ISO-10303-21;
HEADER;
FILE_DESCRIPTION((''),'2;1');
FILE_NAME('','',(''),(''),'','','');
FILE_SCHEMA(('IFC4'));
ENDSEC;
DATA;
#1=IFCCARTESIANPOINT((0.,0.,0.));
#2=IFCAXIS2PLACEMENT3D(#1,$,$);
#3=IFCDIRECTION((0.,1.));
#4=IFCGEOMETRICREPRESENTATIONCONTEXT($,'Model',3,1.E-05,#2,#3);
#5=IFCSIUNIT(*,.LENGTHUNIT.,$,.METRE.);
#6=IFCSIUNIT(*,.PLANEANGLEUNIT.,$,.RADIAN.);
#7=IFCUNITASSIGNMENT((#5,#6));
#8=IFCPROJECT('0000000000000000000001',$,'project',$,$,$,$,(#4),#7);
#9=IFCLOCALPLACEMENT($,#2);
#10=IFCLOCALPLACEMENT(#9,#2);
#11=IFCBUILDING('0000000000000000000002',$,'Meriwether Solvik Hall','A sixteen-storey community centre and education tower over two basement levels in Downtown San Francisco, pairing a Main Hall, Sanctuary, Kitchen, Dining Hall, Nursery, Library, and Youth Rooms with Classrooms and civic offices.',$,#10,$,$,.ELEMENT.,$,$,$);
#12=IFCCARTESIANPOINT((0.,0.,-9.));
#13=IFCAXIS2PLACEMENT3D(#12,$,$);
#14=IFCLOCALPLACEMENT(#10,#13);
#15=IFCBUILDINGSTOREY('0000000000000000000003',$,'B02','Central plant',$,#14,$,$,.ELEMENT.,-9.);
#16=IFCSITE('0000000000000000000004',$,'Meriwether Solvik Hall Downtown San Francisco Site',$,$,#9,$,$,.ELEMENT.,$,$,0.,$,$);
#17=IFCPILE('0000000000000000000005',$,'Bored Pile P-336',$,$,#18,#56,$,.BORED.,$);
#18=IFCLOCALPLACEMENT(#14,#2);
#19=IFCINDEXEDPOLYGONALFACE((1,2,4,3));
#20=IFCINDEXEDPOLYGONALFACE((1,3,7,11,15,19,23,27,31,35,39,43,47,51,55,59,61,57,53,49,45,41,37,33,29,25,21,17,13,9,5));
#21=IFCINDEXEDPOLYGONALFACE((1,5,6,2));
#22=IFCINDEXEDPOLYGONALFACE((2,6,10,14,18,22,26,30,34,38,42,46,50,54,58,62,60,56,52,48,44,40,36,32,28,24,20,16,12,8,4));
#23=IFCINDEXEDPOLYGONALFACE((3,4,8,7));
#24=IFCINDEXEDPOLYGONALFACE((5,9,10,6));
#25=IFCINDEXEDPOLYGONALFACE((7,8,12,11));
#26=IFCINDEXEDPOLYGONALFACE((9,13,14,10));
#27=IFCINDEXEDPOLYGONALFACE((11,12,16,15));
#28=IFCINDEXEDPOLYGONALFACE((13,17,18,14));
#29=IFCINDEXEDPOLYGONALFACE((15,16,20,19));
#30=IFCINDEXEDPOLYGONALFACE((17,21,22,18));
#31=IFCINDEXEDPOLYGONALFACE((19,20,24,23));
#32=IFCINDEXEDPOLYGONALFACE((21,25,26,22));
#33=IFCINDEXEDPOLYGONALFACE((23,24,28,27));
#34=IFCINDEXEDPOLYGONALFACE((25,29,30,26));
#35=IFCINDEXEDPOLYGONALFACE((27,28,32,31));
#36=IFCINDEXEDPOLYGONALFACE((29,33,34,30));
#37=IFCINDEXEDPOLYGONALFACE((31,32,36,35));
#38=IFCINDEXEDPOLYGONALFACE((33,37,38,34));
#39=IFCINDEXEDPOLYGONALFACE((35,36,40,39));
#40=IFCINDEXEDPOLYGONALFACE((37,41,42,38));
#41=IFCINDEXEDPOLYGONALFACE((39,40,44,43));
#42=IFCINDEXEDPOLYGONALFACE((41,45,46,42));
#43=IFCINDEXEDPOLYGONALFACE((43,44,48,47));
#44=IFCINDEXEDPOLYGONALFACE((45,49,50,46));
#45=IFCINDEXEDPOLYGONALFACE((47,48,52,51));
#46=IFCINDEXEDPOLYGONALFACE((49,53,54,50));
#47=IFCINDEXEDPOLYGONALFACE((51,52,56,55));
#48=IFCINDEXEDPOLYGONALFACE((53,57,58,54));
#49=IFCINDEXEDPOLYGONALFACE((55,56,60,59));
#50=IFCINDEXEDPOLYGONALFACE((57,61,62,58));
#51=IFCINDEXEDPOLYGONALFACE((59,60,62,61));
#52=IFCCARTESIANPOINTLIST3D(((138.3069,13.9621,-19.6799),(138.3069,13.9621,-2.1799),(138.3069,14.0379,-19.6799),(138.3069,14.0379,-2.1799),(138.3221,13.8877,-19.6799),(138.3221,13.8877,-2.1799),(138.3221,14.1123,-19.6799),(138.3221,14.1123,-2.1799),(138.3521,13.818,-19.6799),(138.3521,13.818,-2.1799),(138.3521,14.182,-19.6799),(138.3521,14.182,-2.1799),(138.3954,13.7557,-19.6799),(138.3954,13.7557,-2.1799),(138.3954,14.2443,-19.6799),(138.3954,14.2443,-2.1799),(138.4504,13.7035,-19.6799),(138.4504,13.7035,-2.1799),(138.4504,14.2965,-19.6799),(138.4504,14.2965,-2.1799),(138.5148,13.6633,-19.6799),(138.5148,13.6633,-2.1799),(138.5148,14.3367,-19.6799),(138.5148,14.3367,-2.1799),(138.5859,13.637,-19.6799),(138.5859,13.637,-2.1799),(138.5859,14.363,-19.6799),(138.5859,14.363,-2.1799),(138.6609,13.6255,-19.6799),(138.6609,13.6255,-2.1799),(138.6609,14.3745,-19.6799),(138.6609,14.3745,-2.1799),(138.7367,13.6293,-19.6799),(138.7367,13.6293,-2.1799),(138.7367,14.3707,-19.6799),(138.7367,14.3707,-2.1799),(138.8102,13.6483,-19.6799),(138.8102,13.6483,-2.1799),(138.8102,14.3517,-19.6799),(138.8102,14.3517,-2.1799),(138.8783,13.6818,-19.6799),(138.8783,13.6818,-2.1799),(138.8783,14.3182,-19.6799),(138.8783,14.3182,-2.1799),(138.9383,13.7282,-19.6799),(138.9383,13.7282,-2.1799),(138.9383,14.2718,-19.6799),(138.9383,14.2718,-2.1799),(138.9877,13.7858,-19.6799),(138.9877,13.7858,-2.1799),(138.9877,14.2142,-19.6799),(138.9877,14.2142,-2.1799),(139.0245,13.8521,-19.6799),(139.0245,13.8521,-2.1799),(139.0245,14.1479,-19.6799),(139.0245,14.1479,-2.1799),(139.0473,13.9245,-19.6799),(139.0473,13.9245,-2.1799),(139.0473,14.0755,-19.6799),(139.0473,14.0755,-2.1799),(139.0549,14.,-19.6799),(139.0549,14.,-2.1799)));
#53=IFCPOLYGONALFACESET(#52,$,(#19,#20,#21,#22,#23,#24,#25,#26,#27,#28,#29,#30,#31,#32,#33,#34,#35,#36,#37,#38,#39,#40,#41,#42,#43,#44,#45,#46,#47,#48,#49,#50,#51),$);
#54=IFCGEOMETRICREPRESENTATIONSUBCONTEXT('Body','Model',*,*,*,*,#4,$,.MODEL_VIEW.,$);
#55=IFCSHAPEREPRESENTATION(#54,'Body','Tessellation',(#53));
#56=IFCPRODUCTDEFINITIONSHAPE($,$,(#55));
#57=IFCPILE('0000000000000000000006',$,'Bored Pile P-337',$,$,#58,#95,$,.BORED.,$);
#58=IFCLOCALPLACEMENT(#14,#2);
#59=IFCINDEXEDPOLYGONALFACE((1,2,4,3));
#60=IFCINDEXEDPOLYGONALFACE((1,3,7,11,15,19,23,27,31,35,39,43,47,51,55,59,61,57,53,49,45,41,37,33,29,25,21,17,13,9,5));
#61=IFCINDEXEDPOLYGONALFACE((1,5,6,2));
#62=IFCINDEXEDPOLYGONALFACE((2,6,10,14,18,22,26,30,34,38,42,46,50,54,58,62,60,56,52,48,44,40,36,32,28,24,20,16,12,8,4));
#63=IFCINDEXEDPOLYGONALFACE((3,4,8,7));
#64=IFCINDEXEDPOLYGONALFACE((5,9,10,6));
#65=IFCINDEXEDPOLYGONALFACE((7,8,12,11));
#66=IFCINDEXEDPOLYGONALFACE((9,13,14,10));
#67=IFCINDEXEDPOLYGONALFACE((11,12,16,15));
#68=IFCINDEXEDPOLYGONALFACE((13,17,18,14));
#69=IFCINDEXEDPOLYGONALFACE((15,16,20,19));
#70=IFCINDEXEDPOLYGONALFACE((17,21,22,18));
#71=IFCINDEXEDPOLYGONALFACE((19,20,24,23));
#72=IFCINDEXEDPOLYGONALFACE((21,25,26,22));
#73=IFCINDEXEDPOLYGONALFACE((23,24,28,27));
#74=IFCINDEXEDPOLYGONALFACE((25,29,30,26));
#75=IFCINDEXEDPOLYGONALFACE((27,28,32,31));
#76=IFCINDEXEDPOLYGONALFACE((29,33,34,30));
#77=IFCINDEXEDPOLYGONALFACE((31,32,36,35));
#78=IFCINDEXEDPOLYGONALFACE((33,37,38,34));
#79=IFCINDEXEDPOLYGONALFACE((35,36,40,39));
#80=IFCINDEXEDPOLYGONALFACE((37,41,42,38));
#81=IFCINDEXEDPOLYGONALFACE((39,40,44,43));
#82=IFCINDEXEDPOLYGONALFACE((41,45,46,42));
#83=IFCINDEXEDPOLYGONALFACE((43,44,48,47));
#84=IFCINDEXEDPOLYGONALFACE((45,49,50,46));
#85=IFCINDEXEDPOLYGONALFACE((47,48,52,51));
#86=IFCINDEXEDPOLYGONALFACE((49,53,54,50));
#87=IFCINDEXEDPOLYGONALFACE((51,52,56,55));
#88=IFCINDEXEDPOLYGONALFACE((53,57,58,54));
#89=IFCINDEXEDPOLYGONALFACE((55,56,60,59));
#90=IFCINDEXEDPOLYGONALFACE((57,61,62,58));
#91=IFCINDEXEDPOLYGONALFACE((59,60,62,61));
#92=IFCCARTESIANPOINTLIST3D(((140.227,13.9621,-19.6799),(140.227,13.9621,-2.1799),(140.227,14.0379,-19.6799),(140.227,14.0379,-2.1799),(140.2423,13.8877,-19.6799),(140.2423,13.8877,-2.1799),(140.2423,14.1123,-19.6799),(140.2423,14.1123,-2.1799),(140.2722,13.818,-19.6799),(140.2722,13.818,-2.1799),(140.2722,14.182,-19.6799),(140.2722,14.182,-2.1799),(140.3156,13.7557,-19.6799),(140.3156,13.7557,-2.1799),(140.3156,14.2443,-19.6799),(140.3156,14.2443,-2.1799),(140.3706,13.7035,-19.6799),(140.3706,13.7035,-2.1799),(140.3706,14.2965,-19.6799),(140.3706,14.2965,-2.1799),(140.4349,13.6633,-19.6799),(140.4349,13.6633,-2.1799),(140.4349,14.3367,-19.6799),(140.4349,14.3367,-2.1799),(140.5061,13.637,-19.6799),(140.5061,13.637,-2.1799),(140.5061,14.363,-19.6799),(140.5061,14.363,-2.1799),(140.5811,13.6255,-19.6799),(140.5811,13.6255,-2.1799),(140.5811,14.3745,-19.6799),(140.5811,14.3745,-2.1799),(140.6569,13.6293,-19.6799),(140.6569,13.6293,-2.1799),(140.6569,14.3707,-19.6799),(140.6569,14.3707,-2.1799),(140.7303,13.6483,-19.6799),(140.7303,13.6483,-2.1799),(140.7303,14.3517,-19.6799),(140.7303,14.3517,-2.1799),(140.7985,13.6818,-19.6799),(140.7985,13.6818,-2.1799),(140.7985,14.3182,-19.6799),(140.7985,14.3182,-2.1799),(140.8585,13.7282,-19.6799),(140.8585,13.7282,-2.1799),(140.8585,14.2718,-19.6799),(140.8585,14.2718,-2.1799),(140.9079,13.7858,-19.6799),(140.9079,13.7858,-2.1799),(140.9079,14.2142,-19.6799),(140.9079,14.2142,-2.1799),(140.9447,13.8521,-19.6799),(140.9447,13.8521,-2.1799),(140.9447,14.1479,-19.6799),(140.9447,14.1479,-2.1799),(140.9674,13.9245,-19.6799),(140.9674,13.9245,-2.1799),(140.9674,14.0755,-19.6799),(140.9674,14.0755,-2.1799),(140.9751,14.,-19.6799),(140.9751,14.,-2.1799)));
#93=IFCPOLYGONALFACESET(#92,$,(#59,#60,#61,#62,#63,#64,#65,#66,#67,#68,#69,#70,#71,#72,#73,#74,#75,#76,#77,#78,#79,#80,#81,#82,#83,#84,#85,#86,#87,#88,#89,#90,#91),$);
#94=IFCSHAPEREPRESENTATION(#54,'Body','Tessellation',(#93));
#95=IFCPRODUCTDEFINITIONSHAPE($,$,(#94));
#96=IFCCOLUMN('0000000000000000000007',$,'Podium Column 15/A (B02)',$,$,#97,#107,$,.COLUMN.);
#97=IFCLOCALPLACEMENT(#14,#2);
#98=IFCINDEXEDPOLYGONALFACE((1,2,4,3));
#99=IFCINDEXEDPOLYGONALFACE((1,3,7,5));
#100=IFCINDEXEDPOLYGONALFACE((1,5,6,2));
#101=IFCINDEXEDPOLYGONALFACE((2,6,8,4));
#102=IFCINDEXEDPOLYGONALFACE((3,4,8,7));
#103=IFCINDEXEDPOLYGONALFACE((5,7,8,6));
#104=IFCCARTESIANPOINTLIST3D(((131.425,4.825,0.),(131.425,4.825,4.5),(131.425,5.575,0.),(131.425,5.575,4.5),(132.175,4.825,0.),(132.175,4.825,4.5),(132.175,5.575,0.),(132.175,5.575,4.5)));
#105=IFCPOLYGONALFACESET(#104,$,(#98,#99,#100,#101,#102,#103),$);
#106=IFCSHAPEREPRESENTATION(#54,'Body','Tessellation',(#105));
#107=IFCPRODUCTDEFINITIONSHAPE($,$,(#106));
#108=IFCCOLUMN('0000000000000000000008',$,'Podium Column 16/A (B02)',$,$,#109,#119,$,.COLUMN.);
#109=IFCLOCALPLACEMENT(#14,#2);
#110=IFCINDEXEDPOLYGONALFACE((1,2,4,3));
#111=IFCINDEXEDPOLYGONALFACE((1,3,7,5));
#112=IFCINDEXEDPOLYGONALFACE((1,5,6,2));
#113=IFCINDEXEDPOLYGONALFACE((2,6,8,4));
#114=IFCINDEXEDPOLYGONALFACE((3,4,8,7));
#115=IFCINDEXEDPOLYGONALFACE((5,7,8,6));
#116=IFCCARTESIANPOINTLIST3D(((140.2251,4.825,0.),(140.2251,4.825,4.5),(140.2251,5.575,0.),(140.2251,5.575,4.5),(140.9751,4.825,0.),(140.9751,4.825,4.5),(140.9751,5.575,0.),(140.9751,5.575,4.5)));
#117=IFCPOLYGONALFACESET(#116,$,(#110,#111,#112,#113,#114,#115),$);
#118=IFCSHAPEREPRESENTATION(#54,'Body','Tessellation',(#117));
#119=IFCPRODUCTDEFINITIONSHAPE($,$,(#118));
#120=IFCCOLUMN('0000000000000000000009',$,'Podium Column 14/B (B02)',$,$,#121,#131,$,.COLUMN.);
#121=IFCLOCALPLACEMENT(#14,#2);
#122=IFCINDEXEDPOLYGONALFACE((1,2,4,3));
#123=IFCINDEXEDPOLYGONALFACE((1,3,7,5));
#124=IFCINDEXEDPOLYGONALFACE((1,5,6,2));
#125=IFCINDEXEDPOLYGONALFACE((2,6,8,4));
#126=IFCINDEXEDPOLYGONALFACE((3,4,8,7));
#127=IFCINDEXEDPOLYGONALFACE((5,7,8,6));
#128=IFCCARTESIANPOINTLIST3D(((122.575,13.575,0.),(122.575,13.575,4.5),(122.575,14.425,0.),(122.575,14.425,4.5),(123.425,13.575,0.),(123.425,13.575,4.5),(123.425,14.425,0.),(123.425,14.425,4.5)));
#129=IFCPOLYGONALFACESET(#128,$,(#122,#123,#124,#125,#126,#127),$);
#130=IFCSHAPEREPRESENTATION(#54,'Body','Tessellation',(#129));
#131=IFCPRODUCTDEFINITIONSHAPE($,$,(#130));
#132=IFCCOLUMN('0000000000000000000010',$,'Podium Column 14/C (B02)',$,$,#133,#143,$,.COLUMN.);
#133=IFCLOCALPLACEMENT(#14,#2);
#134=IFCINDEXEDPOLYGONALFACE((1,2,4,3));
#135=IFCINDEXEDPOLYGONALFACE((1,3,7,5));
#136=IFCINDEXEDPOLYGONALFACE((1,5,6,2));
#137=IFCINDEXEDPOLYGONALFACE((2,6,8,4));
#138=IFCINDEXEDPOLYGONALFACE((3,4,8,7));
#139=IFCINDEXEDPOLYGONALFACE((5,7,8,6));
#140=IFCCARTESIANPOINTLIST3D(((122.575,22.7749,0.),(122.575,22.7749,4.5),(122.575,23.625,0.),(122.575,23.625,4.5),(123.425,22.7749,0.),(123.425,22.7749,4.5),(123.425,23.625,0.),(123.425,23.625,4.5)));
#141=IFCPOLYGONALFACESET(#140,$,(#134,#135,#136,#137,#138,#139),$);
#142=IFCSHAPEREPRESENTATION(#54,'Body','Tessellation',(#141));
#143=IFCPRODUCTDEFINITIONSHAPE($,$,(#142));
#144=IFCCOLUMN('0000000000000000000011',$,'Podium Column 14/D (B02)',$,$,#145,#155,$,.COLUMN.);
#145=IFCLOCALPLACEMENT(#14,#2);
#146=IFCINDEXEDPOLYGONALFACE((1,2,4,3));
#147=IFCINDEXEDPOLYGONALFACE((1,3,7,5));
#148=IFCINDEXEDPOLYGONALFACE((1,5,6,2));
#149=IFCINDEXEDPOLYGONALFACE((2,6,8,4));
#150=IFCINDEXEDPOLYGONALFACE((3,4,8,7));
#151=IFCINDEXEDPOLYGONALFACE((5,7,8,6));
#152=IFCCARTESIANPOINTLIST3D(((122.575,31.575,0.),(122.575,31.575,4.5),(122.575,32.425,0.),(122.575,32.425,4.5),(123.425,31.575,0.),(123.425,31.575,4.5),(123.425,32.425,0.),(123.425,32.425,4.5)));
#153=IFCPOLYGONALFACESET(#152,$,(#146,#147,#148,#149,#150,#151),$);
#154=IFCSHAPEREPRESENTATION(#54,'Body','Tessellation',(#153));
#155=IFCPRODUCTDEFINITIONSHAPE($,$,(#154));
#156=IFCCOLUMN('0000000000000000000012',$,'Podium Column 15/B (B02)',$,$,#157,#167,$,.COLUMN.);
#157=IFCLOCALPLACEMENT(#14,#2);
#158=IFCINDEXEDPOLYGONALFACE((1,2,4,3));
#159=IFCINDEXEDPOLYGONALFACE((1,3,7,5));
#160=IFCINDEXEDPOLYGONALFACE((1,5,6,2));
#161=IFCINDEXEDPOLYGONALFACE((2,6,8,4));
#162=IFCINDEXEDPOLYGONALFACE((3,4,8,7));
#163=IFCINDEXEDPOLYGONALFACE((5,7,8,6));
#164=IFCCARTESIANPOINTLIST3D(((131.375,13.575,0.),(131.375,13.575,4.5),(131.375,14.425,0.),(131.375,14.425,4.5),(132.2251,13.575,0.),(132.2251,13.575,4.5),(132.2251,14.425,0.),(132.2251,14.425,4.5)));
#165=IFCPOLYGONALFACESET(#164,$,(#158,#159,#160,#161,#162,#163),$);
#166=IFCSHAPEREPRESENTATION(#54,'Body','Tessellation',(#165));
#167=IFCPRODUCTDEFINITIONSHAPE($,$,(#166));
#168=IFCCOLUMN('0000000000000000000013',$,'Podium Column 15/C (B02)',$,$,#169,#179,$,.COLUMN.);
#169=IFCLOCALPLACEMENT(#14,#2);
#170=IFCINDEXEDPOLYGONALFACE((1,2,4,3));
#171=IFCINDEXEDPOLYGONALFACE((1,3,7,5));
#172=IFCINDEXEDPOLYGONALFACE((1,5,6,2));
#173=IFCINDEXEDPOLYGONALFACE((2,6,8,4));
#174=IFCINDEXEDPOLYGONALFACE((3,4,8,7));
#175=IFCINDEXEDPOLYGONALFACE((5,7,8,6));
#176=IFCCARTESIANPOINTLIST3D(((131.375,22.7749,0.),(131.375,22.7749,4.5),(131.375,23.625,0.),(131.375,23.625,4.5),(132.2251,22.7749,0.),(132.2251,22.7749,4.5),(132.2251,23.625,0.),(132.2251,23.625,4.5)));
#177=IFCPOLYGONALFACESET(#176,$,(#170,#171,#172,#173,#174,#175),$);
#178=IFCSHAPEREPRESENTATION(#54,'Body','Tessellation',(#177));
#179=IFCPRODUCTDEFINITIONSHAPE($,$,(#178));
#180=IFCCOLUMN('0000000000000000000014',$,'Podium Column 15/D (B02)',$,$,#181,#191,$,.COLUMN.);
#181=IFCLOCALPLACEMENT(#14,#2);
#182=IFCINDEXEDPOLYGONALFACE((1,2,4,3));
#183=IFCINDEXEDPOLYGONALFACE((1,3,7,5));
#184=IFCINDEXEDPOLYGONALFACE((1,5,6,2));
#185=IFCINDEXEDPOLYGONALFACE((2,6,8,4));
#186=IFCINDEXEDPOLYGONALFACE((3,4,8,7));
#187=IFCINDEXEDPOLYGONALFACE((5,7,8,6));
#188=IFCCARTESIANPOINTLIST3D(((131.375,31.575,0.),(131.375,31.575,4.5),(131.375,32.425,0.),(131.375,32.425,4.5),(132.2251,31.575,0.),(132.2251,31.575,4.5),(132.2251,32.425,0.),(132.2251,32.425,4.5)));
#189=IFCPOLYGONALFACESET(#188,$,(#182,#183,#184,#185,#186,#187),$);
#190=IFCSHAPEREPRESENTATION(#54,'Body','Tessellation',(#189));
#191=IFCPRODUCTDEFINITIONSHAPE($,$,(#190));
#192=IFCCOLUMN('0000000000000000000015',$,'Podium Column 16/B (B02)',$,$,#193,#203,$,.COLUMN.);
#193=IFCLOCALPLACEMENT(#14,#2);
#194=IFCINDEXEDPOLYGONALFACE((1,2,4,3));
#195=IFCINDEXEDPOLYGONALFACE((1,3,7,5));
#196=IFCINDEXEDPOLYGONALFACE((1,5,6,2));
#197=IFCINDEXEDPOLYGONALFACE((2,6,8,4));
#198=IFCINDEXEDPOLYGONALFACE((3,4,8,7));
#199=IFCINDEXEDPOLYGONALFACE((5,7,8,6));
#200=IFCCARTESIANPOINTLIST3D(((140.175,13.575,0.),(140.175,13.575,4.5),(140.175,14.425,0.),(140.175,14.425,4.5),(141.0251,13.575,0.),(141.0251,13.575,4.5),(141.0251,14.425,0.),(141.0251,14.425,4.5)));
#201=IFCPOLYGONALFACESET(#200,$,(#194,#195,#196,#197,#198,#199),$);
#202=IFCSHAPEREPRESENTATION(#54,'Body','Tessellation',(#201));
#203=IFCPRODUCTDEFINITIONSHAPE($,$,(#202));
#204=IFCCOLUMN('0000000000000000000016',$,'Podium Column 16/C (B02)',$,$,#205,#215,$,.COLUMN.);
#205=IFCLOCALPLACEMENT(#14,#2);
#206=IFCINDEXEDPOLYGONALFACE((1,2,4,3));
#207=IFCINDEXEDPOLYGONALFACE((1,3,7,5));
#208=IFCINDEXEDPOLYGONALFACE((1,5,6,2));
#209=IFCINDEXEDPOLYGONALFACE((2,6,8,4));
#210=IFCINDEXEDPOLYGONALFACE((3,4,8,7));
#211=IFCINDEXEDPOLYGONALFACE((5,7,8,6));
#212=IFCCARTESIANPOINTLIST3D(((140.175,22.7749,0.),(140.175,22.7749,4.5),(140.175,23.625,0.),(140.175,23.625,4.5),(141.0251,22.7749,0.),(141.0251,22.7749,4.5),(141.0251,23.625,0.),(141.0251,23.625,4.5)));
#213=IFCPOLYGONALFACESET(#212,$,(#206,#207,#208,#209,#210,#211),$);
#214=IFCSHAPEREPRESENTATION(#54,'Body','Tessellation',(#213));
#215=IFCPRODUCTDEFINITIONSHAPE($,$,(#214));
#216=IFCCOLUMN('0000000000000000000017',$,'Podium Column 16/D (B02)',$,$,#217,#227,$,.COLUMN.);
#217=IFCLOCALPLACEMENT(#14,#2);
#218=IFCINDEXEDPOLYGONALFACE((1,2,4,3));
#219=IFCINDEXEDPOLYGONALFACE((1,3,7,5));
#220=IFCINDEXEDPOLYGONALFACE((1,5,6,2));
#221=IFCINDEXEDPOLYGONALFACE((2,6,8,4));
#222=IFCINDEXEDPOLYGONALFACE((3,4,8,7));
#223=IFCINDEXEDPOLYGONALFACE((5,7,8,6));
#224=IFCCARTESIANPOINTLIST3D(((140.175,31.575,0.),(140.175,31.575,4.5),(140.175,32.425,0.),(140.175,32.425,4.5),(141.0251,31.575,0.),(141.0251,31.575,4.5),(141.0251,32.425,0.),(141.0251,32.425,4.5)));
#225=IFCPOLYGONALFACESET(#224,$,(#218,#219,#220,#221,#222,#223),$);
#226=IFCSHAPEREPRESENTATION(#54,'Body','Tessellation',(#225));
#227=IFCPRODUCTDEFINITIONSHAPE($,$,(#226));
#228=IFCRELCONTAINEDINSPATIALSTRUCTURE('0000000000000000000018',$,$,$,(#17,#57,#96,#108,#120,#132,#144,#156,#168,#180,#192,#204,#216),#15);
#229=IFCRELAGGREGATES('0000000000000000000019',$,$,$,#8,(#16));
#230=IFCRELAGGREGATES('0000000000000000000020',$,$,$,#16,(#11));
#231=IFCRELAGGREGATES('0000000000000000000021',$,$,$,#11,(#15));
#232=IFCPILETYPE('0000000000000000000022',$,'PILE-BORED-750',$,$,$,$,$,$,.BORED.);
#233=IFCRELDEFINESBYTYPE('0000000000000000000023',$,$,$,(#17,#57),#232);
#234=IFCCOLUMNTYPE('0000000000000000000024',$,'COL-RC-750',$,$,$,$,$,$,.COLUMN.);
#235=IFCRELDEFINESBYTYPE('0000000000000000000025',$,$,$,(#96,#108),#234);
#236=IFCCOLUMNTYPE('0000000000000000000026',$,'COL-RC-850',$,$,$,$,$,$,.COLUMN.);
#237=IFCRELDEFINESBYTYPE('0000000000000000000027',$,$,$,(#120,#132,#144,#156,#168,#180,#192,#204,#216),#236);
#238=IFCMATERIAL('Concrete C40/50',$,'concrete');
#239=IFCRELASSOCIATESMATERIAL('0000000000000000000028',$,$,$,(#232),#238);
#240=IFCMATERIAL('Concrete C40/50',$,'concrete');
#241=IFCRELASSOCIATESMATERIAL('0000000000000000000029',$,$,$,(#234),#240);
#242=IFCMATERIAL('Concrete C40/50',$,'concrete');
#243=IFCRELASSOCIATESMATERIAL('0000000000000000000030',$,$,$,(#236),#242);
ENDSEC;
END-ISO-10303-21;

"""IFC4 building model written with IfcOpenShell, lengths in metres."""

from ifc_helpers import new_model, si_unit, direction, frame, origin, origin_2d, place, context, subcontext, project, spatial, rectangle, circle, extrude, material, material_profile, profile_set, type_object, element, save


model = new_model("IFC4")

# Units and contexts
model_context = context("Model", 3, precision=1e-05, world=origin(), true_north=direction((0.0, 1.0)))
body_context = subcontext(model_context, "Body", "Model", "MODEL_VIEW")
ifc_project = project(units=[si_unit("LENGTHUNIT", "METRE"), si_unit("PLANEANGLEUNIT", "RADIAN")], contexts=[model_context])

# Site, building, storey
site_placement = place(None, origin())
site = spatial("IfcSite", under=ifc_project, at=site_placement, Name="Meriwether Solvik Hall Downtown San Francisco Site", CompositionType="ELEMENT", RefElevation=0.0)
building_placement = place(site_placement, origin())
building = spatial("IfcBuilding", under=site, at=building_placement, Name="Meriwether Solvik Hall", Description="A sixteen-storey community centre and education tower over two basement levels in Downtown San Francisco, pairing a Main Hall, Sanctuary, Kitchen, Dining Hall, Nursery, Library, and Youth Rooms with Classrooms and civic offices.", CompositionType="ELEMENT")
storey_placement = place(building_placement, frame((0.0, 0.0, -9.0)))
storey = spatial("IfcBuildingStorey", under=building, at=storey_placement, Name="B02", Description="Central plant", CompositionType="ELEMENT", Elevation=-9.0)

# Piles
ifc_material_1 = material(Name="Concrete C40/50", Category="concrete")
ifc_material_profile_1 = material_profile(ifc_material_1, circle(Radius=0.375, at=origin_2d()), Name="PILE-D750")
ifc_profile_set_1 = profile_set([ifc_material_profile_1], Name="Concrete C40/50")
pile_type_1 = type_object("IfcPileType", Name="PILE-BORED-750", PredefinedType="BORED", material=ifc_profile_set_1)
for number, where, z_axis, x_axis, name in (
    (1, (138.6799, 14.0, -2.1799), (0.0, 0.0, -1.0), (1.0, 0.0, 0.0), "Bored Pile P-336"),
    (2, (140.6001, 14.0, -2.1799), (0.0, 0.0, -1.0), (1.0, 0.0, 0.0), "Bored Pile P-337"),
):
    element("IfcPile", number, at=place(storey_placement, frame(where, z_axis=z_axis, x_axis=x_axis)), inside=storey, type_object=pile_type_1, Name=name, PredefinedType="BORED", context=body_context, shape_type="SweptSolid", body=[
        extrude(circle(Radius=0.375, at=origin_2d()), origin(), (0.0, 0.0, 1.0), 17.5),
    ])

# Columns
ifc_material_2 = material(Name="Concrete C40/50", Category="concrete")
ifc_material_profile_2 = material_profile(ifc_material_2, rectangle(XDim=0.75, YDim=0.75, at=origin_2d()), Name="RCC-750X750")
ifc_profile_set_2 = profile_set([ifc_material_profile_2], Name="Concrete C40/50")
column_type_1 = type_object("IfcColumnType", Name="COL-RC-750", PredefinedType="COLUMN", material=ifc_profile_set_2)
for number, where, z_axis, x_axis, name in (
    (3, (131.8, 5.2, 0.0), (0.0, 0.0, 1.0), (1.0, 0.0, 0.0), "Podium Column 15/A (B02)"),
    (4, (140.6001, 5.2, 0.0), (0.0, 0.0, 1.0), (1.0, 0.0, 0.0), "Podium Column 16/A (B02)"),
):
    element("IfcColumn", number, at=place(storey_placement, frame(where, z_axis=z_axis, x_axis=x_axis)), inside=storey, type_object=column_type_1, Name=name, PredefinedType="COLUMN", context=body_context, shape_type="SweptSolid", body=[
        extrude(rectangle(XDim=0.75, YDim=0.75, at=origin_2d()), origin(), (0.0, 0.0, 1.0), 4.5),
    ])
ifc_material_3 = material(Name="Concrete C40/50", Category="concrete")
ifc_material_profile_3 = material_profile(ifc_material_3, rectangle(XDim=0.8501, YDim=0.8501, at=origin_2d()), Name="RCC-850X850")
ifc_profile_set_3 = profile_set([ifc_material_profile_3], Name="Concrete C40/50")
column_type_2 = type_object("IfcColumnType", Name="COL-RC-850", PredefinedType="COLUMN", material=ifc_profile_set_3)
for number, where, z_axis, x_axis, name in (
    (5, (123.0, 14.0, 0.0), (0.0, 0.0, 1.0), (1.0, 0.0, 0.0), "Podium Column 14/B (B02)"),
    (6, (123.0, 23.2, 0.0), (0.0, 0.0, 1.0), (1.0, 0.0, 0.0), "Podium Column 14/C (B02)"),
    (7, (123.0, 32.0, 0.0), (0.0, 0.0, 1.0), (1.0, 0.0, 0.0), "Podium Column 14/D (B02)"),
    (8, (131.8, 14.0, 0.0), (0.0, 0.0, 1.0), (1.0, 0.0, 0.0), "Podium Column 15/B (B02)"),
    (9, (131.8, 23.2, 0.0), (0.0, 0.0, 1.0), (1.0, 0.0, 0.0), "Podium Column 15/C (B02)"),
    (10, (131.8, 32.0, 0.0), (0.0, 0.0, 1.0), (1.0, 0.0, 0.0), "Podium Column 15/D (B02)"),
    (11, (140.6001, 14.0, 0.0), (0.0, 0.0, 1.0), (1.0, 0.0, 0.0), "Podium Column 16/B (B02)"),
    (12, (140.6001, 23.2, 0.0), (0.0, 0.0, 1.0), (1.0, 0.0, 0.0), "Podium Column 16/C (B02)"),
    (13, (140.6001, 32.0, 0.0), (0.0, 0.0, 1.0), (1.0, 0.0, 0.0), "Podium Column 16/D (B02)"),
):
    element("IfcColumn", number, at=place(storey_placement, frame(where, z_axis=z_axis, x_axis=x_axis)), inside=storey, type_object=column_type_2, Name=name, PredefinedType="COLUMN", context=body_context, shape_type="SweptSolid", body=[
        extrude(rectangle(XDim=0.8501, YDim=0.8501, at=origin_2d()), origin(), (0.0, 0.0, 1.0), 4.5),
    ])

save(model, "model.ifc")
